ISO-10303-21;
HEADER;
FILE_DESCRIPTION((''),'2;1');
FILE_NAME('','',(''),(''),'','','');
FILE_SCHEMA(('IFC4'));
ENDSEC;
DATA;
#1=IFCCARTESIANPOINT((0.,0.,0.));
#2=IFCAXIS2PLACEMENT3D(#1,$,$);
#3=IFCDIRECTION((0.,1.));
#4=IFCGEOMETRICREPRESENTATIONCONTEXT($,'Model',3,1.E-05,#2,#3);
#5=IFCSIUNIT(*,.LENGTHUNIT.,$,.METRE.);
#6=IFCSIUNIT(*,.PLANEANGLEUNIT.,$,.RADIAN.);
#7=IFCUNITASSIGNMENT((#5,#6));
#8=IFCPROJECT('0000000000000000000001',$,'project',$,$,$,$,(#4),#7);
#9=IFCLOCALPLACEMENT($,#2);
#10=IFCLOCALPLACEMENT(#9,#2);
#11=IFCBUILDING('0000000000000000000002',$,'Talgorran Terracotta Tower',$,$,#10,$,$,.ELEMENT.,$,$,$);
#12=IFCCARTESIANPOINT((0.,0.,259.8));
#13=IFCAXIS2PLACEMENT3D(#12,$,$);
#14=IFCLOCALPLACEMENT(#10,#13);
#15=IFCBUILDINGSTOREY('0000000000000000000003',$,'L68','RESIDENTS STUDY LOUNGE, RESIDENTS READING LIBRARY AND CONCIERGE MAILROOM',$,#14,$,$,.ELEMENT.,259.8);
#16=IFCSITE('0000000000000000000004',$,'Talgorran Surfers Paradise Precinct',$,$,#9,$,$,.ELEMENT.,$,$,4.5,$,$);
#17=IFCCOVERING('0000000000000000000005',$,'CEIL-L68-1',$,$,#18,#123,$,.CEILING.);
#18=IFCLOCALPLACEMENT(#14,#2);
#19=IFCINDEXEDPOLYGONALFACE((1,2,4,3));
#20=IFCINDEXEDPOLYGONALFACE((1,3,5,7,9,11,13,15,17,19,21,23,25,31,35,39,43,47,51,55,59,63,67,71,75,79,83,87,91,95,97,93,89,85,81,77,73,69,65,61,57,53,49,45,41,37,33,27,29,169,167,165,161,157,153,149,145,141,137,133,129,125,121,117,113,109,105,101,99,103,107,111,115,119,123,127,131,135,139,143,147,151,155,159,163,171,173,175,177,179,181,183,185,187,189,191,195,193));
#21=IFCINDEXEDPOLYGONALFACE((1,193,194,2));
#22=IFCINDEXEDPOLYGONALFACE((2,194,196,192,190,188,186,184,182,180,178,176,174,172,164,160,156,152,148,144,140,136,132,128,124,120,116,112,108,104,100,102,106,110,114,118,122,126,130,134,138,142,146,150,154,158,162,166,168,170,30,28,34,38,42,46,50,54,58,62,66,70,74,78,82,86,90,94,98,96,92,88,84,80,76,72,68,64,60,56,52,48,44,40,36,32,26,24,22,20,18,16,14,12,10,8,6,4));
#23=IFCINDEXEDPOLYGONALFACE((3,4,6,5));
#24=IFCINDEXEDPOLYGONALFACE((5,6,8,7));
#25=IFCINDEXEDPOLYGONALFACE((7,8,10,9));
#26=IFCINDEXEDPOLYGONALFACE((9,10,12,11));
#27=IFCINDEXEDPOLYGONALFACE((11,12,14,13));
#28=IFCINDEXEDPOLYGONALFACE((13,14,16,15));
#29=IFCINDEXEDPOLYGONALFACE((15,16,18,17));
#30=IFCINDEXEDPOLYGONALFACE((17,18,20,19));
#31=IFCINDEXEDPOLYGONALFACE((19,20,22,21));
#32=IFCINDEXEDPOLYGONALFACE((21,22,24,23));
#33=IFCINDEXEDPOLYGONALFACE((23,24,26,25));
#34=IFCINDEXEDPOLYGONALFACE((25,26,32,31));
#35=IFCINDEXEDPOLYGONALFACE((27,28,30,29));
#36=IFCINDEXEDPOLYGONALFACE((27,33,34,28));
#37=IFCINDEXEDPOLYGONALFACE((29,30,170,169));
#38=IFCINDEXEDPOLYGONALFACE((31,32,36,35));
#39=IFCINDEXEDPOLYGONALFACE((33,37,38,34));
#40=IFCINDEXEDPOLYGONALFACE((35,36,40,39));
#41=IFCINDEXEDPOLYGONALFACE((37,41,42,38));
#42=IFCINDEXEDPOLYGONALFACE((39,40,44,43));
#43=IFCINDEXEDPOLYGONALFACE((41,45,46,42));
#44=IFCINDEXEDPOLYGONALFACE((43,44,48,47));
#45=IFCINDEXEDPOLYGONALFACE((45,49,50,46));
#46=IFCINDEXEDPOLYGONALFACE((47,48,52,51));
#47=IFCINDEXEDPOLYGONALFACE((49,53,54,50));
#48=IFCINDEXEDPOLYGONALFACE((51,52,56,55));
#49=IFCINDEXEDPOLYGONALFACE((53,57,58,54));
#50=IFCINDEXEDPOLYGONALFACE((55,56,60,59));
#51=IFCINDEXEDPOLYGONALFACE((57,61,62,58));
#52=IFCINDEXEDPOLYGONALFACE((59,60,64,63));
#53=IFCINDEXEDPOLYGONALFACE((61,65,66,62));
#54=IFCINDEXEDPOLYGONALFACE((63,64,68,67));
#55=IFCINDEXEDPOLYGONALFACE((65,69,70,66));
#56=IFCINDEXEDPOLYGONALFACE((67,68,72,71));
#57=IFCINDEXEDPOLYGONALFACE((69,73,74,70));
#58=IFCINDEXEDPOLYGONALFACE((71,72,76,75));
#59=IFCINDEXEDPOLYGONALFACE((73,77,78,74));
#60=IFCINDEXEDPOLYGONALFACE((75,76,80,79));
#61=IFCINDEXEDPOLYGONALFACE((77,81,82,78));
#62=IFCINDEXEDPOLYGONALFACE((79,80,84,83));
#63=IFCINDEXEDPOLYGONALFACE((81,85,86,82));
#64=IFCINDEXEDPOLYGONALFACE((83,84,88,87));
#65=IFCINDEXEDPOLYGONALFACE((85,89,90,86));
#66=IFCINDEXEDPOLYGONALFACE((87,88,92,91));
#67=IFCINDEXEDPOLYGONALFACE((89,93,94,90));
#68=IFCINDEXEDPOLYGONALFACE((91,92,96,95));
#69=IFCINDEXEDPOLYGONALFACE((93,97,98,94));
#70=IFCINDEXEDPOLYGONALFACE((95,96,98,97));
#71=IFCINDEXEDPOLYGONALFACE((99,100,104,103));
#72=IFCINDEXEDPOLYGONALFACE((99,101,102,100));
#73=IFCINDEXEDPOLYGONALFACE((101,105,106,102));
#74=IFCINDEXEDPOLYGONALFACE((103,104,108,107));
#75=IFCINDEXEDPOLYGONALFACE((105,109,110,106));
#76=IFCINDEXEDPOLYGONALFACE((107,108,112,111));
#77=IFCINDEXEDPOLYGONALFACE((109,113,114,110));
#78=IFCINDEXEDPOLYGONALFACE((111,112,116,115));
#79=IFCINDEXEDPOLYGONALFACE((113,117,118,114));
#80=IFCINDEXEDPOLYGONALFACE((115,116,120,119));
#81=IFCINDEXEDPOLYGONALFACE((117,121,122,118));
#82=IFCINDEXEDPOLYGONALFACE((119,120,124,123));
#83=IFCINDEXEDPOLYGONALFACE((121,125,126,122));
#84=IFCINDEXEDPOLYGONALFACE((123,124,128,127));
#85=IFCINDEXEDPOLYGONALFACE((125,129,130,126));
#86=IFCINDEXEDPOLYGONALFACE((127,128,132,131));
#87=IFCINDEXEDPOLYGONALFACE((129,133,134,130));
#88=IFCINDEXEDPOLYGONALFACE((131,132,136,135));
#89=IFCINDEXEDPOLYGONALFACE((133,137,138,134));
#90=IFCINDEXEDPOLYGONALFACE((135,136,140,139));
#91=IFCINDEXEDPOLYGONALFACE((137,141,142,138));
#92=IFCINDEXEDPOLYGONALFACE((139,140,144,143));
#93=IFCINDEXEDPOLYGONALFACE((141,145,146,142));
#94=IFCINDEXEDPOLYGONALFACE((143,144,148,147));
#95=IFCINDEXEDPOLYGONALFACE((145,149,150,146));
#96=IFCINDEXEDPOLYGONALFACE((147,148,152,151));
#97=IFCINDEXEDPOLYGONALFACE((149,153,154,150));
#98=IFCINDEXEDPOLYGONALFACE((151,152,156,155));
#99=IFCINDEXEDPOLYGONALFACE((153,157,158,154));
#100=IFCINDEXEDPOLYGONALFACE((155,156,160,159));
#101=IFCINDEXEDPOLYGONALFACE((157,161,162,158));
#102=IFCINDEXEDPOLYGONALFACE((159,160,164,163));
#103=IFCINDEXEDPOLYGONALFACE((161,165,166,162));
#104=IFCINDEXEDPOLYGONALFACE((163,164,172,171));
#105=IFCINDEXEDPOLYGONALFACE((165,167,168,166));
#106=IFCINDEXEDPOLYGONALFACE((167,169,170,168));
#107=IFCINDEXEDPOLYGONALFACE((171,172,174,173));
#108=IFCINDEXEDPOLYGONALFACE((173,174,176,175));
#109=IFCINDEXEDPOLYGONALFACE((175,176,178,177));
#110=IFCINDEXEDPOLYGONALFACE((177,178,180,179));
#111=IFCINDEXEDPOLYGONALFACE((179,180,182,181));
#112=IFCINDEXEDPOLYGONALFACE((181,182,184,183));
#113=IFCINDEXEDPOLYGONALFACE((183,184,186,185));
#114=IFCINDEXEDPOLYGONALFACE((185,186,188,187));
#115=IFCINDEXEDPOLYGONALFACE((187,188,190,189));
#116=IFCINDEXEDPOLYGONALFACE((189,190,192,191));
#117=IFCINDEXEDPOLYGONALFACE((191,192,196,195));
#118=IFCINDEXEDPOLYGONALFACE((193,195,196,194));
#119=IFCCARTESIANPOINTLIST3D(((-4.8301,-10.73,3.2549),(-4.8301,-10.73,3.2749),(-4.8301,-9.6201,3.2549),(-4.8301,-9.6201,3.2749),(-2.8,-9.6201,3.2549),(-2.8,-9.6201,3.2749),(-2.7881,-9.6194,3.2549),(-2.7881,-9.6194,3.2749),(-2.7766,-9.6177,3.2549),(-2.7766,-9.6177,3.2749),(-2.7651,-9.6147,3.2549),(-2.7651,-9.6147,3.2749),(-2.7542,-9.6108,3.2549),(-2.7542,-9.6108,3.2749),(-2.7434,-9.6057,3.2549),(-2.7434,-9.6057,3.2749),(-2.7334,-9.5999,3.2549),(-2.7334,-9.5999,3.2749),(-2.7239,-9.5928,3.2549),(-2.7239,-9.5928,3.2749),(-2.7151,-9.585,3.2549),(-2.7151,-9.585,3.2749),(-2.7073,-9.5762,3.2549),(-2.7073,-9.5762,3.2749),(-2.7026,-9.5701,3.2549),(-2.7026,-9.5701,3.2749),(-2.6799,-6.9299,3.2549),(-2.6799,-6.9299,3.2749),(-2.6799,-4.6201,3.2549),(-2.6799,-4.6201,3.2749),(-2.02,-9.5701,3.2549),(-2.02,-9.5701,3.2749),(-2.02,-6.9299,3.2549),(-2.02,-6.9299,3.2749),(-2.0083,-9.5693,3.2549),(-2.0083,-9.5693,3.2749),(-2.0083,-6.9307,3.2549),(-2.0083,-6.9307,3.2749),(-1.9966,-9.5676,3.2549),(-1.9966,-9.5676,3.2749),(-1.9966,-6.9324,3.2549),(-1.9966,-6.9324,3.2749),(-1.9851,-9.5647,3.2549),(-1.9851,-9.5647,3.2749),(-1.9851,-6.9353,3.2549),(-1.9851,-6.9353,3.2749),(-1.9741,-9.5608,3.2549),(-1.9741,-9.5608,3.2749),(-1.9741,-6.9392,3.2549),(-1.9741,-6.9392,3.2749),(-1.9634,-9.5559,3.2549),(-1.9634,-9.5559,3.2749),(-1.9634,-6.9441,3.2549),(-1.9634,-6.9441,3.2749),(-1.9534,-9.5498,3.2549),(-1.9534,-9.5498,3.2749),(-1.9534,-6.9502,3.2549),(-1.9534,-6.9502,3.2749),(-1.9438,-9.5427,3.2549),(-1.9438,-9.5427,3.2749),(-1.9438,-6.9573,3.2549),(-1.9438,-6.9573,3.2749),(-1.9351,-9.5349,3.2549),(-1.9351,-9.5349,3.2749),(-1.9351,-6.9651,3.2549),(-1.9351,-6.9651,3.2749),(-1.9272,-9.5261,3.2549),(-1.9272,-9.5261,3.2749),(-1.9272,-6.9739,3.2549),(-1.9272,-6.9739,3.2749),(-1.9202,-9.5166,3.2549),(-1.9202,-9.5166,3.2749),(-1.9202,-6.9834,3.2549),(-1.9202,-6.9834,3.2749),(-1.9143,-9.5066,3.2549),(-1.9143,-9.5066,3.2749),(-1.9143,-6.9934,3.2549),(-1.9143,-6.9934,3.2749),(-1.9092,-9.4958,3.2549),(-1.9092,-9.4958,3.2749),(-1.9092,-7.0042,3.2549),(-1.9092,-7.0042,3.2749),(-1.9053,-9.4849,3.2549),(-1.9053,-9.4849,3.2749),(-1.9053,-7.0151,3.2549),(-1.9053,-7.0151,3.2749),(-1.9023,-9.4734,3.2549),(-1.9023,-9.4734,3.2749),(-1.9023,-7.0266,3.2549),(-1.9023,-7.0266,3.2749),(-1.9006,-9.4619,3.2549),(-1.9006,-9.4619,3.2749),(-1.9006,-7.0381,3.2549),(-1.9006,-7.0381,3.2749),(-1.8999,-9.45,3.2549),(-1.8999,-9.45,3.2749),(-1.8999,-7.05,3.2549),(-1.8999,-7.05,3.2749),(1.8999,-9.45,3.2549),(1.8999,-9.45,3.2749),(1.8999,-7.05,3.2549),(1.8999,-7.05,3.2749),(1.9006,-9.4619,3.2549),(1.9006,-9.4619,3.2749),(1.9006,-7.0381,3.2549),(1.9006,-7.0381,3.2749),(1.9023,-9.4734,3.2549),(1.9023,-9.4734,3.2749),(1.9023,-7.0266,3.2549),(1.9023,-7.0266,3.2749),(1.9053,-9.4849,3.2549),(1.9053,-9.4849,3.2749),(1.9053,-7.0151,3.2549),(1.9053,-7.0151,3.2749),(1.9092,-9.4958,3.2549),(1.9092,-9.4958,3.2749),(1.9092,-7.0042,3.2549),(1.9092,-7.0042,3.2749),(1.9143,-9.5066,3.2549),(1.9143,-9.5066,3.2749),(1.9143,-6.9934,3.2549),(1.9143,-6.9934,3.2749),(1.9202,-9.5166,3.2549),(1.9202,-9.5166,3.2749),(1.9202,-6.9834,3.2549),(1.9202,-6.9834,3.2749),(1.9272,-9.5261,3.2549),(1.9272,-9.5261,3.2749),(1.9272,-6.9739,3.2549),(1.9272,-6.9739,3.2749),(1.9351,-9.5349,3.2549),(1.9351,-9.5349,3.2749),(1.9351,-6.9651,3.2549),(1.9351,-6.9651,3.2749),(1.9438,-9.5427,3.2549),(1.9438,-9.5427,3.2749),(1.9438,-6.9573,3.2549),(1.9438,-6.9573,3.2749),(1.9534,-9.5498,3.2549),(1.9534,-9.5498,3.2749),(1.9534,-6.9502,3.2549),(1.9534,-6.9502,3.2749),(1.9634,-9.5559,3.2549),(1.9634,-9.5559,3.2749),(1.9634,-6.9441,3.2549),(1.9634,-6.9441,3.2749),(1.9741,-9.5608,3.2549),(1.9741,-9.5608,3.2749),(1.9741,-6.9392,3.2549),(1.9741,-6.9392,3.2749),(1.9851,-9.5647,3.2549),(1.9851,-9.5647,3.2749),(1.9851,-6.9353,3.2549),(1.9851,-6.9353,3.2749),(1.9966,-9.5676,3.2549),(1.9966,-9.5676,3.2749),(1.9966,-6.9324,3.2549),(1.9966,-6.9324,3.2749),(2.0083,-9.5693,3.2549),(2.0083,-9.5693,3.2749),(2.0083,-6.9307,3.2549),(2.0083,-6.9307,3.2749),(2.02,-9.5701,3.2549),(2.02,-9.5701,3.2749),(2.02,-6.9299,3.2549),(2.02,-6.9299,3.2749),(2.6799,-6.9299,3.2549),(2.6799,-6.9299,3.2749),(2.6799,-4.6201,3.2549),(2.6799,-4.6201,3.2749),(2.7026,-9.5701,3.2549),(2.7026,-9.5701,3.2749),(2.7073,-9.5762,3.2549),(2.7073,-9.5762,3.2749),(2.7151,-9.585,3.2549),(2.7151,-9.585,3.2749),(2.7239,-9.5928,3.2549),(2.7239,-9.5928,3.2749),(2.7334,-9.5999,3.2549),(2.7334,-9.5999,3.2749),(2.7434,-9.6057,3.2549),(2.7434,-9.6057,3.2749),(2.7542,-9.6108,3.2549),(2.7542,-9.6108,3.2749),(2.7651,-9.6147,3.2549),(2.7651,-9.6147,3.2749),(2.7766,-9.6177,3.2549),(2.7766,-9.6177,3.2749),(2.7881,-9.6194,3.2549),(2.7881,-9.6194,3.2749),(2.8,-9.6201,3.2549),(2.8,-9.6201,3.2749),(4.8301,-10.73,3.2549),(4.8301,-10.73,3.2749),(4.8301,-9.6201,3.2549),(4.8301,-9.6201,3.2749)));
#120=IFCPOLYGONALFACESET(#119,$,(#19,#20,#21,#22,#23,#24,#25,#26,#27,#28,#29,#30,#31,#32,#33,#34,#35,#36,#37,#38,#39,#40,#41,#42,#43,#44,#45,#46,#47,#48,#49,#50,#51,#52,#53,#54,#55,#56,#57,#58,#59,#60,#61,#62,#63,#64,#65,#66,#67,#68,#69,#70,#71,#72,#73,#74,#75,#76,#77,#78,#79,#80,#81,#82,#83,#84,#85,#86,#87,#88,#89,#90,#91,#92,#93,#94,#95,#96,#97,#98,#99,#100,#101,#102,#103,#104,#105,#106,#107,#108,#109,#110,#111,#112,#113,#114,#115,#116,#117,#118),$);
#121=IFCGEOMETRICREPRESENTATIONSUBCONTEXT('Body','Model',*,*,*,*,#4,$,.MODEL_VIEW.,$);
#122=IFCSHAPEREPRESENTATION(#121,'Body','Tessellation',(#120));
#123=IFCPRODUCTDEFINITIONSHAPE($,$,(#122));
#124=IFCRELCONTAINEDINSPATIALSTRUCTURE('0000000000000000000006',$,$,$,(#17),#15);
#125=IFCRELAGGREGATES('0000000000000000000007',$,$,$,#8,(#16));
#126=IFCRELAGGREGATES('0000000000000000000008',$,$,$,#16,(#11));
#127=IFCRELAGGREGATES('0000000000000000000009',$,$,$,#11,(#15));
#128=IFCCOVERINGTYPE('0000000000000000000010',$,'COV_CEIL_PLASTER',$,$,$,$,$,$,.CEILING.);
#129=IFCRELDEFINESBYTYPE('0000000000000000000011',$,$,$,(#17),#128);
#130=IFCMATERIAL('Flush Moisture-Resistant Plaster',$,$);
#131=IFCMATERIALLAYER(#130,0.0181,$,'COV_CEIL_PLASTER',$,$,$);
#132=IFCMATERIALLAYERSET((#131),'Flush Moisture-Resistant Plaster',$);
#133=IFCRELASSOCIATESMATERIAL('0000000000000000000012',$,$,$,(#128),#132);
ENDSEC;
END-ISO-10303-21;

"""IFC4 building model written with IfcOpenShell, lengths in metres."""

from ifc_helpers import new_model, si_unit, direction, frame, origin, place, context, subcontext, project, spatial, polyline, outline, extrude, material, layer, layer_set, type_object, element, save


model = new_model("IFC4")

# Units and contexts
model_context = context("Model", 3, precision=1e-05, world=origin(), true_north=direction((0.0, 1.0)))
body_context = subcontext(model_context, "Body", "Model", "MODEL_VIEW")
ifc_project = project(units=[si_unit("LENGTHUNIT", "METRE"), si_unit("PLANEANGLEUNIT", "RADIAN")], contexts=[model_context])

# Site, building, storey
site_placement = place(None, origin())
site = spatial("IfcSite", under=ifc_project, at=site_placement, Name="Talgorran Surfers Paradise Precinct", CompositionType="ELEMENT", RefElevation=4.5)
building_placement = place(site_placement, origin())
building = spatial("IfcBuilding", under=site, at=building_placement, Name="Talgorran Terracotta Tower", CompositionType="ELEMENT")
storey_placement = place(building_placement, frame((0.0, 0.0, 259.8)))
storey = spatial("IfcBuildingStorey", under=building, at=storey_placement, Name="L68", Description="RESIDENTS STUDY LOUNGE, RESIDENTS READING LIBRARY AND CONCIERGE MAILROOM", CompositionType="ELEMENT", Elevation=259.8)

# Covering
ifc_material_1 = material(Name="Flush Moisture-Resistant Plaster")
ifc_layer_1 = layer(ifc_material_1, 0.0181, Name="COV_CEIL_PLASTER")
ifc_layer_set_1 = layer_set([ifc_layer_1], Name="Flush Moisture-Resistant Plaster")
covering_type_1 = type_object("IfcCoveringType", Name="COV_CEIL_PLASTER", PredefinedType="CEILING", material=ifc_layer_set_1)
covering_1_placement = place(storey_placement, frame((0.0, 0.0, 3.2549)))
element("IfcCovering", 1, at=covering_1_placement, inside=storey, type_object=covering_type_1, Name="CEIL-L68-1", PredefinedType="CEILING", context=body_context, shape_type="SweptSolid", body=[
    extrude(outline(polyline([(-2.7026, -9.5701), (-2.02, -9.5701), (-2.0083, -9.5693), (-1.9966, -9.5676), (-1.9851, -9.5647), (-1.9741, -9.5608), (-1.9634, -9.5559), (-1.9534, -9.5498), (-1.9438, -9.5427), (-1.9351, -9.5349), (-1.9272, -9.5261), (-1.9202, -9.5166), (-1.9143, -9.5066), (-1.9092, -9.4958), (-1.9053, -9.4849), (-1.9023, -9.4734), (-1.9006, -9.4619), (-1.8999, -9.45), (-1.8999, -7.05), (-1.9006, -7.0381), (-1.9023, -7.0266), (-1.9053, -7.0151), (-1.9092, -7.0042), (-1.9143, -6.9934), (-1.9202, -6.9834), (-1.9272, -6.9739), (-1.9351, -6.9651), (-1.9438, -6.9573), (-1.9534, -6.9502), (-1.9634, -6.9441), (-1.9741, -6.9392), (-1.9851, -6.9353), (-1.9966, -6.9324), (-2.0083, -6.9307), (-2.02, -6.9299), (-2.6799, -6.9299), (-2.6799, -4.6201), (2.6799, -4.6201), (2.6799, -6.9299), (2.02, -6.9299), (2.0083, -6.9307), (1.9966, -6.9324), (1.9851, -6.9353), (1.9741, -6.9392), (1.9634, -6.9441), (1.9534, -6.9502), (1.9438, -6.9573), (1.9351, -6.9651), (1.9272, -6.9739), (1.9202, -6.9834), (1.9143, -6.9934), (1.9092, -7.0042), (1.9053, -7.0151), (1.9023, -7.0266), (1.9006, -7.0381), (1.8999, -7.05), (1.8999, -9.45), (1.9006, -9.4619), (1.9023, -9.4734), (1.9053, -9.4849), (1.9092, -9.4958), (1.9143, -9.5066), (1.9202, -9.5166), (1.9272, -9.5261), (1.9351, -9.5349), (1.9438, -9.5427), (1.9534, -9.5498), (1.9634, -9.5559), (1.9741, -9.5608), (1.9851, -9.5647), (1.9966, -9.5676), (2.0083, -9.5693), (2.02, -9.5701), (2.7026, -9.5701), (2.7073, -9.5762), (2.7151, -9.585), (2.7239, -9.5928), (2.7334, -9.5999), (2.7434, -9.6057), (2.7542, -9.6108), (2.7651, -9.6147), (2.7766, -9.6177), (2.7881, -9.6194), (2.8, -9.6201), (4.8301, -9.6201), (4.8301, -10.73), (-4.8301, -10.73), (-4.8301, -9.6201), (-2.8, -9.6201), (-2.7881, -9.6194), (-2.7766, -9.6177), (-2.7651, -9.6147), (-2.7542, -9.6108), (-2.7434, -9.6057), (-2.7334, -9.5999), (-2.7239, -9.5928), (-2.7151, -9.585), (-2.7073, -9.5762), (-2.7026, -9.5701)])), origin(), (0.0, 0.0, 1.0), 0.02),
])

save(model, "model.ifc")
